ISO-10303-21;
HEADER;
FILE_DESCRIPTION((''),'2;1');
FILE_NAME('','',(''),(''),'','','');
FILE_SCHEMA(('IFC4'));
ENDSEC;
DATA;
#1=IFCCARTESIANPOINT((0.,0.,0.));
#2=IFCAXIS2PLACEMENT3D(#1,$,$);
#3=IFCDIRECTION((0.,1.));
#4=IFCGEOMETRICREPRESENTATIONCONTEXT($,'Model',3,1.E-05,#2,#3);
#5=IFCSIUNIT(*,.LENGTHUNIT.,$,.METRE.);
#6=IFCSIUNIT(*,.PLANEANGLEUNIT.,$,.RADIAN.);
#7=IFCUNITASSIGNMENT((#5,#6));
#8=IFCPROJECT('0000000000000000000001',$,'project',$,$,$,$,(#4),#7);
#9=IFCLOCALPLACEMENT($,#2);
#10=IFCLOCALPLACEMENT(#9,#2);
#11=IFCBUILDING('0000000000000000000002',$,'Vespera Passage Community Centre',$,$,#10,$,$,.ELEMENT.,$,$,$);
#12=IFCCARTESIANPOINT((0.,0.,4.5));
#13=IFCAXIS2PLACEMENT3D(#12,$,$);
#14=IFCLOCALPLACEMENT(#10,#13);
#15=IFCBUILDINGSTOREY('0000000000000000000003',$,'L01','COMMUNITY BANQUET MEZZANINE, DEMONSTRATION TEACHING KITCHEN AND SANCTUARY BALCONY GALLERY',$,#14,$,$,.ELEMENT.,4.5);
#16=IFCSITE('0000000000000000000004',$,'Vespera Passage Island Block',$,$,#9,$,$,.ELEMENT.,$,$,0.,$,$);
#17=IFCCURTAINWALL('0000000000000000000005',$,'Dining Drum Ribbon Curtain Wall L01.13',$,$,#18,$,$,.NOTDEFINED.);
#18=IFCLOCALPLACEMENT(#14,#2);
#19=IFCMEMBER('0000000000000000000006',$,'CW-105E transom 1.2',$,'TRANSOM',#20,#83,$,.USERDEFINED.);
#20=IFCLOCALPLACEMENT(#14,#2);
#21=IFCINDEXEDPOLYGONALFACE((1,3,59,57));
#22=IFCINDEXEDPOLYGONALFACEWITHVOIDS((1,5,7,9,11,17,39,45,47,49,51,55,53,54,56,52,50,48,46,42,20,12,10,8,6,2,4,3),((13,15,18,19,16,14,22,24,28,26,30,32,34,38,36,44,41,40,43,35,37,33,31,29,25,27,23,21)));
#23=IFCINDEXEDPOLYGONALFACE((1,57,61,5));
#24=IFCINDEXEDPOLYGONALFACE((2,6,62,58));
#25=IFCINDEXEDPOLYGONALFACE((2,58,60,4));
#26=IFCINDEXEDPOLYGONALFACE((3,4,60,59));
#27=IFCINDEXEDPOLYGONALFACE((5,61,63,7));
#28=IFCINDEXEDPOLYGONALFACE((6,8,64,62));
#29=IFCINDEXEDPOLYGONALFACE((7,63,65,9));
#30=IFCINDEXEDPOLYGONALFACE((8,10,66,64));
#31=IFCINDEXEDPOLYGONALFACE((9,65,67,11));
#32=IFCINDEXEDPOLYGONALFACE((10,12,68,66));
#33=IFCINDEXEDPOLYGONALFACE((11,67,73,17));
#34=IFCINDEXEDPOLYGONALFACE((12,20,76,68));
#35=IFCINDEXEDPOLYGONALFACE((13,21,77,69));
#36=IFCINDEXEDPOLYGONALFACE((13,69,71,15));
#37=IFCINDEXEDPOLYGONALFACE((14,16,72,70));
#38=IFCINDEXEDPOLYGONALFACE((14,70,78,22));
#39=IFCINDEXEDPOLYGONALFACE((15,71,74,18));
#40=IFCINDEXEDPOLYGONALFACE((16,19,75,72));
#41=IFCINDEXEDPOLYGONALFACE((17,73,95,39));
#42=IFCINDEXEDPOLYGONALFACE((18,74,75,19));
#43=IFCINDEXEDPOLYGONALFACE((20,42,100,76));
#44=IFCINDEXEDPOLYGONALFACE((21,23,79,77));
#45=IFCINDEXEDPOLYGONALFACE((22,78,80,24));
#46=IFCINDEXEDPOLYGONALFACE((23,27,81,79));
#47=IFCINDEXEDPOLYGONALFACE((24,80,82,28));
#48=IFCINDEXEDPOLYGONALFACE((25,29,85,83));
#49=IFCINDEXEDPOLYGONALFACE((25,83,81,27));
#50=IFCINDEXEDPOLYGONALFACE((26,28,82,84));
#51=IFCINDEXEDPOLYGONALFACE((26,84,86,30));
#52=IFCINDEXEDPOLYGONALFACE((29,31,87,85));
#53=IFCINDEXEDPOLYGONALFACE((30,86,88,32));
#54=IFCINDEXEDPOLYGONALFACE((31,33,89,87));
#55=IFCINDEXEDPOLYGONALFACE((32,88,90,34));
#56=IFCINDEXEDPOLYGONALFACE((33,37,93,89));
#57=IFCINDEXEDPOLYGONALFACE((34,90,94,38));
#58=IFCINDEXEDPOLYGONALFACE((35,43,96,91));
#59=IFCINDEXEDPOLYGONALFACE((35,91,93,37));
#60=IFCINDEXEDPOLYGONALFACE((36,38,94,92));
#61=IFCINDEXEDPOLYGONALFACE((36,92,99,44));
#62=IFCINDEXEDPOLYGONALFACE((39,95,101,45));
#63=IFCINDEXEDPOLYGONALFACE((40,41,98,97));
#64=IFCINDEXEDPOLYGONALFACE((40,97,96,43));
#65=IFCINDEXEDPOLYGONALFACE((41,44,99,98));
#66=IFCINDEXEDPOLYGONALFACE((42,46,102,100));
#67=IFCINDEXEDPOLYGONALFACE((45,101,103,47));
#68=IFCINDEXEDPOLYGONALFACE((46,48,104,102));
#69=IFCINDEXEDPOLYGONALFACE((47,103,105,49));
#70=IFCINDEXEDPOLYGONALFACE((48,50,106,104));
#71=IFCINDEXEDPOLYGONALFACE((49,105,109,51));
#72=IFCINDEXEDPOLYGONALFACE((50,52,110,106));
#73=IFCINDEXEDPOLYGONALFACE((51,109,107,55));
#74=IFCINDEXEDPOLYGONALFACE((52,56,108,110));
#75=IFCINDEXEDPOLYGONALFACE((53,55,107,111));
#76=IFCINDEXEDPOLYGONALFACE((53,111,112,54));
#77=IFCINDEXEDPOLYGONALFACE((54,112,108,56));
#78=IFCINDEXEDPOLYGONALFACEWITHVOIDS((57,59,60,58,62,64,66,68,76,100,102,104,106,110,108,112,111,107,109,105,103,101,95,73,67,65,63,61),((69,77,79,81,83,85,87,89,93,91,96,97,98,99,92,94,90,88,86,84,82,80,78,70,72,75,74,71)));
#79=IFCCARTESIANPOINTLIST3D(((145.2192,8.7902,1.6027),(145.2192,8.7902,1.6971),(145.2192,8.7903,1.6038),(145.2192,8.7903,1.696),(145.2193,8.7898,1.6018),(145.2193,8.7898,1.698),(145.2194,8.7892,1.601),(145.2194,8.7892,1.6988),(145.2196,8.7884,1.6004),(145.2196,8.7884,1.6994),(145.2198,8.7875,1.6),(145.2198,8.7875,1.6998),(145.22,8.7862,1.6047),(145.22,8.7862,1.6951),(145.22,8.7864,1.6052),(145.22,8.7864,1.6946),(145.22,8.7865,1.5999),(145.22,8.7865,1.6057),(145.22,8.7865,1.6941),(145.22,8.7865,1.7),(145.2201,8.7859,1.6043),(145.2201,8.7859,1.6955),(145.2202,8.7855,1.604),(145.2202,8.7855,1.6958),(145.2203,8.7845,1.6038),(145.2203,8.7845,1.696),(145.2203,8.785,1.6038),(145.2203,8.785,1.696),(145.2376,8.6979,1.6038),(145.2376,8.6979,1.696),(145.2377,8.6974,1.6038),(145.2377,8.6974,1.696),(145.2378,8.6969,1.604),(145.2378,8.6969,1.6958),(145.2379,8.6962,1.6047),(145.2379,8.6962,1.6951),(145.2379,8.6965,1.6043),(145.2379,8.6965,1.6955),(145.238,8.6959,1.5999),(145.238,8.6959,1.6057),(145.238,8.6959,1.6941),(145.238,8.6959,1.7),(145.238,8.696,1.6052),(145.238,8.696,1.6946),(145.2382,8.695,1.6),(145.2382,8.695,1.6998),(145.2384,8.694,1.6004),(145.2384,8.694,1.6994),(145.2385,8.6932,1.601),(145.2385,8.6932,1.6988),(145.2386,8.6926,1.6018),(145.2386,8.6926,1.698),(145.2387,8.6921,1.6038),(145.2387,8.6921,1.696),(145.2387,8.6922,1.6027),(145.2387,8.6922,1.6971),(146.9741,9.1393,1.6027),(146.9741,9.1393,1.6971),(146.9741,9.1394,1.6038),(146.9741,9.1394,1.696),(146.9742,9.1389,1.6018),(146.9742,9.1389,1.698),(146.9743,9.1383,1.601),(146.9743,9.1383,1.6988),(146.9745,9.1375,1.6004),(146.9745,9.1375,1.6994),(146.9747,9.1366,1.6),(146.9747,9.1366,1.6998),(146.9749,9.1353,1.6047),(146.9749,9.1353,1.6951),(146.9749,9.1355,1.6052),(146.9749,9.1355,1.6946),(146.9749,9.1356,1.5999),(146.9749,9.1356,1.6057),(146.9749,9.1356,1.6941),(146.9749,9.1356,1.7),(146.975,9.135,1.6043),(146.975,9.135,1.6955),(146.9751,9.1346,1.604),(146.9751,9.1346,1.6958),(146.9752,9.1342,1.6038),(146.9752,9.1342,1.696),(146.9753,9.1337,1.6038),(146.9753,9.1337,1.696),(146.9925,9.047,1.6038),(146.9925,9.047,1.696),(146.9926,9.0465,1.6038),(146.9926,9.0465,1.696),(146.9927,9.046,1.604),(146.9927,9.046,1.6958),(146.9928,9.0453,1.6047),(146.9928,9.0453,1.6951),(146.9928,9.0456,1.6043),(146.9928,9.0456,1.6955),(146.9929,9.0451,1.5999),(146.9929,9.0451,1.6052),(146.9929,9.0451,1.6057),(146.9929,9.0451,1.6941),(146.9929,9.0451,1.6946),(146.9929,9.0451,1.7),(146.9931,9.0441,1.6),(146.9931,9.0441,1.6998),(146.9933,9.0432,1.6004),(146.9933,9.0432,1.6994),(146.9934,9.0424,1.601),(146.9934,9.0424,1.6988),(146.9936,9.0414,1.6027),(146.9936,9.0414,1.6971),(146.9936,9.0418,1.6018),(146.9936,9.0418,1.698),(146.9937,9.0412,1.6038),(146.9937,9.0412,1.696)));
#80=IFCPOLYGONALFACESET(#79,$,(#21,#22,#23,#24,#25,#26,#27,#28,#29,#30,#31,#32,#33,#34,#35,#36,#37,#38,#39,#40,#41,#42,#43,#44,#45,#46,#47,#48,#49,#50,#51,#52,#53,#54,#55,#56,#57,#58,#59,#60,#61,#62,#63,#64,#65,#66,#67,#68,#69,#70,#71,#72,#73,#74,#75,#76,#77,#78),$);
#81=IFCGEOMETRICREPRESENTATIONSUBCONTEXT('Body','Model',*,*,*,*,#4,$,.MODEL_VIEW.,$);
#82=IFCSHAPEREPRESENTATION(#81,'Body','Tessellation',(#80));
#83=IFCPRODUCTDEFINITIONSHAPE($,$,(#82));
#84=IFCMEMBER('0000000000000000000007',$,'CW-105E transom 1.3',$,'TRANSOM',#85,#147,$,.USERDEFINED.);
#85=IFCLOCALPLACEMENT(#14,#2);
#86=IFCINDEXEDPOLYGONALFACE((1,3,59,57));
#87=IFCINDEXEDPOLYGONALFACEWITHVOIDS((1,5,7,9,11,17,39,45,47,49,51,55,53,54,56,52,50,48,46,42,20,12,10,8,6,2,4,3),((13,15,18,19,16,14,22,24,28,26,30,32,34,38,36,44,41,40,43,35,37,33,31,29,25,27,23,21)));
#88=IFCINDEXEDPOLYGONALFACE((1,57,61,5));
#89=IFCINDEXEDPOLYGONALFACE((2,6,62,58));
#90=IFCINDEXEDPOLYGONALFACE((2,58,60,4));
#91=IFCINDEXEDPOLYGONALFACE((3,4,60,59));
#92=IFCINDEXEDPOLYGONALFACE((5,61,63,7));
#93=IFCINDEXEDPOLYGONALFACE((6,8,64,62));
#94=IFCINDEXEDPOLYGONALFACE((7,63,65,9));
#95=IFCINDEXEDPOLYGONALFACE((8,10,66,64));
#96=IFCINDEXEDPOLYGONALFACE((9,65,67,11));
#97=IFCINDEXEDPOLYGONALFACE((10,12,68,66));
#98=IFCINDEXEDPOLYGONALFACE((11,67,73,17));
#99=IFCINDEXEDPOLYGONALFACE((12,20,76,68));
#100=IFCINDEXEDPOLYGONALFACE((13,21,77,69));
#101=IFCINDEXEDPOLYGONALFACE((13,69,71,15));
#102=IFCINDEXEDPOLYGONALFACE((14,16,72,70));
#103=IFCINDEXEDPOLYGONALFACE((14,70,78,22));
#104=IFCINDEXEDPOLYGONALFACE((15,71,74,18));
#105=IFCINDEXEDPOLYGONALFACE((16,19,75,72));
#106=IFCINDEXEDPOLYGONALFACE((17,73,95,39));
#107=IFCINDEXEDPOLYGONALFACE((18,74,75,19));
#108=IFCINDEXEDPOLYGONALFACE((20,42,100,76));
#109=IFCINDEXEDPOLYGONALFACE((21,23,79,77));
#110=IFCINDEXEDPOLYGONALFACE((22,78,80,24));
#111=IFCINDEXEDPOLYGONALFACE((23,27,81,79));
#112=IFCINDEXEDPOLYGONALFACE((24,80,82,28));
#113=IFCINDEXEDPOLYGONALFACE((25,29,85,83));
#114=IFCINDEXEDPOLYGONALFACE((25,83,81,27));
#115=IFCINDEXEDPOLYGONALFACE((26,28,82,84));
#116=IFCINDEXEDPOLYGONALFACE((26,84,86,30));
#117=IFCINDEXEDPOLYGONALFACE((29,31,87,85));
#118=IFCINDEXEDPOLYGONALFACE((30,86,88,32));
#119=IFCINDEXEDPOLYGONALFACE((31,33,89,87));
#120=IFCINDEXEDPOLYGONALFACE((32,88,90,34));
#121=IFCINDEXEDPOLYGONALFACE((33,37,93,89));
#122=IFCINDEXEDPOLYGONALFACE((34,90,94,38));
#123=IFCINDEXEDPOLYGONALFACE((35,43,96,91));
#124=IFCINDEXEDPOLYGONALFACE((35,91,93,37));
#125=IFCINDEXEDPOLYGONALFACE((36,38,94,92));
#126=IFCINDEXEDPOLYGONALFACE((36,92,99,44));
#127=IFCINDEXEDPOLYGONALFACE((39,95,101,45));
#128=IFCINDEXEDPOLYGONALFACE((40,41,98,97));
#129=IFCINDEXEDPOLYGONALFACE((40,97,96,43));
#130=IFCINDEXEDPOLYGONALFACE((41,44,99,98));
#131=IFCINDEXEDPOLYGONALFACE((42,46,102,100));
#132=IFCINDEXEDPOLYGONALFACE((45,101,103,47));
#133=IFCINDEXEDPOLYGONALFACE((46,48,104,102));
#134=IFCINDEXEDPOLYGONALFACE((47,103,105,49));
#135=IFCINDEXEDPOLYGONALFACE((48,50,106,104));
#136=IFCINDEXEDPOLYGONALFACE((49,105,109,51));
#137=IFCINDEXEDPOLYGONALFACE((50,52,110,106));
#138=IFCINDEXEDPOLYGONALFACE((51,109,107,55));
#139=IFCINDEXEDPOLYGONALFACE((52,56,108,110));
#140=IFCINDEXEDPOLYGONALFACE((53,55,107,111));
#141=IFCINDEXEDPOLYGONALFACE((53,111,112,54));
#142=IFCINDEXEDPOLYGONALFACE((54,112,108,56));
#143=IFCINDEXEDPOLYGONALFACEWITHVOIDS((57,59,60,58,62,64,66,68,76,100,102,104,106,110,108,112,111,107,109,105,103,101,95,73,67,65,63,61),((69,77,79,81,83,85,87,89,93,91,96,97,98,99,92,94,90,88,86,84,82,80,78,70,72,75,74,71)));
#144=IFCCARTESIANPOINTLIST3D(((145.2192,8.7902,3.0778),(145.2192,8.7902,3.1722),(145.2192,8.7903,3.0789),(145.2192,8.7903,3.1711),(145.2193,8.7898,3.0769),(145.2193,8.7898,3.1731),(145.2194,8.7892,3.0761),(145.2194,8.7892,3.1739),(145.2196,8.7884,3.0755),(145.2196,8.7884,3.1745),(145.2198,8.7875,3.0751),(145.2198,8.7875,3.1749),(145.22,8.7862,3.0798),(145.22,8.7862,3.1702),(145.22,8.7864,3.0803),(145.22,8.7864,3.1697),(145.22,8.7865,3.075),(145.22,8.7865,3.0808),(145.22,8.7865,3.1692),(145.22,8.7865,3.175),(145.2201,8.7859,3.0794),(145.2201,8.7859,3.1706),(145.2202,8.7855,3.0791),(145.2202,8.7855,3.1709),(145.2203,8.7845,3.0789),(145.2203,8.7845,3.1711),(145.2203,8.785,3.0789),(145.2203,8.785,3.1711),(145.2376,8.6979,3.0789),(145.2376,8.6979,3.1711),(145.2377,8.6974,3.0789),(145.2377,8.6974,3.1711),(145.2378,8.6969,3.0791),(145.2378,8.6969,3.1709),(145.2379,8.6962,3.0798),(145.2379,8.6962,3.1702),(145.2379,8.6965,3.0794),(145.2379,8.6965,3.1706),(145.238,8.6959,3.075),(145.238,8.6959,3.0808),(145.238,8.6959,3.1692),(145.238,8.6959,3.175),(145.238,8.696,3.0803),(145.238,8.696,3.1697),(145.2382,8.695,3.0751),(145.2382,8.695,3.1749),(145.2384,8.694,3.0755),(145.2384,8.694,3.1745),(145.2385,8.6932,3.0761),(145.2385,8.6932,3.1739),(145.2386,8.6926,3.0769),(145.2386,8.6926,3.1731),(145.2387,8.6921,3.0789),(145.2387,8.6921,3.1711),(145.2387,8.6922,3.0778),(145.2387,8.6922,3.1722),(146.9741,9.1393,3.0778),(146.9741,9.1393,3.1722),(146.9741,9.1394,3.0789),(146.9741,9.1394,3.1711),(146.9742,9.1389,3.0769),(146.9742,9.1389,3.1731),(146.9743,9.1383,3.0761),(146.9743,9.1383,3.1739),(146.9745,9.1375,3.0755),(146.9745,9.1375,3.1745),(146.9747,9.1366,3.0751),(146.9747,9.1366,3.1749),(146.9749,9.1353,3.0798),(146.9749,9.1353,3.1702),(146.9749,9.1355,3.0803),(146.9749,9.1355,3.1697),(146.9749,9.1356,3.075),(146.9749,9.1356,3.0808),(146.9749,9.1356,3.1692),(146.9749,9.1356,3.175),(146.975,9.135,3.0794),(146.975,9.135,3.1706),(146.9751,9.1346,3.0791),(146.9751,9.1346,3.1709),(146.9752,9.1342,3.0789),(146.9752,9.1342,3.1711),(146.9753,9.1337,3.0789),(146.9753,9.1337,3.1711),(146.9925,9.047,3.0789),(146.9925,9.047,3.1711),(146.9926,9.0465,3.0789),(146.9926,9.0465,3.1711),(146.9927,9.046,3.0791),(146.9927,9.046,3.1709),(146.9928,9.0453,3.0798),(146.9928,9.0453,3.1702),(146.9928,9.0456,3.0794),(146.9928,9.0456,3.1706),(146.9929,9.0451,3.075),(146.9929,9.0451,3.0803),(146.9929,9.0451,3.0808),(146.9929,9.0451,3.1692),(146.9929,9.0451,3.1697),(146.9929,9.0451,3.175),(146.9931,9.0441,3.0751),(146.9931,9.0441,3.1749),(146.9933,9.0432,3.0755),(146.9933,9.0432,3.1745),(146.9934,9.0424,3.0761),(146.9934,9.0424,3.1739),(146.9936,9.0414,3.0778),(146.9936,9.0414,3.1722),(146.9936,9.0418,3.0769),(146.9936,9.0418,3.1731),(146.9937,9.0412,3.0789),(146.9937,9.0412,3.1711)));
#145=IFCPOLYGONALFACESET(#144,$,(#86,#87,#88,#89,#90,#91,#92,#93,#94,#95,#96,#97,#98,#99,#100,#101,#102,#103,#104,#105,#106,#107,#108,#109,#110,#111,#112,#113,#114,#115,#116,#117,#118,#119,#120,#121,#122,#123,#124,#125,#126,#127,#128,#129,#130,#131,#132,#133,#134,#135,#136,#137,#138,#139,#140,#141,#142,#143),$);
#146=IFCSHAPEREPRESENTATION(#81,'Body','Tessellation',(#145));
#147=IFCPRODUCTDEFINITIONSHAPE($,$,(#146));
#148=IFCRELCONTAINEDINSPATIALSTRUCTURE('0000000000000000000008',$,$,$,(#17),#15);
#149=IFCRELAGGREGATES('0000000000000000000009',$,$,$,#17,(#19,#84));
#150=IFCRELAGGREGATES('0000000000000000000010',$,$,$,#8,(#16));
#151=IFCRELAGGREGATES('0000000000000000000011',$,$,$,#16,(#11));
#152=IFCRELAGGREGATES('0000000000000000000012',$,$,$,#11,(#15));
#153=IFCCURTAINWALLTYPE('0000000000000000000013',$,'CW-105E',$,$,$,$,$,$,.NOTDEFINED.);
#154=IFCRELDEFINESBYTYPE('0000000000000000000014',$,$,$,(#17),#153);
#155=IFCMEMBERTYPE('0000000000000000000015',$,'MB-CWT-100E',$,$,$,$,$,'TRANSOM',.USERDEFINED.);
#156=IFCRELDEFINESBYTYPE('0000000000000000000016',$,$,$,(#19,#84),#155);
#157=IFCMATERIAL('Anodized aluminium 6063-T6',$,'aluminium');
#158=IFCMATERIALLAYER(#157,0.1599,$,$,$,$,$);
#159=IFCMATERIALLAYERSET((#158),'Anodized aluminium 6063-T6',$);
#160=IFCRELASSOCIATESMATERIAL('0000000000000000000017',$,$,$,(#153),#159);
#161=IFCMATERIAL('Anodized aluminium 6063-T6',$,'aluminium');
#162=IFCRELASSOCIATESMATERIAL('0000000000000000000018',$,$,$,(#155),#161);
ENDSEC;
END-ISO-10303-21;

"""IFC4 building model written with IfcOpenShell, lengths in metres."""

from ifc_helpers import new_model, si_unit, direction, frame, origin, origin_2d, place, context, subcontext, project, spatial, hollow_rectangle, extrude, material, layer, layer_set, material_profile, profile_set, type_object, element, aggregate, save


model = new_model("IFC4")

# Units and contexts
model_context = context("Model", 3, precision=1e-05, world=origin(), true_north=direction((0.0, 1.0)))
body_context = subcontext(model_context, "Body", "Model", "MODEL_VIEW")
ifc_project = project(units=[si_unit("LENGTHUNIT", "METRE"), si_unit("PLANEANGLEUNIT", "RADIAN")], contexts=[model_context])

# Site, building, storey
site_placement = place(None, origin())
site = spatial("IfcSite", under=ifc_project, at=site_placement, Name="Vespera Passage Island Block", CompositionType="ELEMENT", RefElevation=0.0)
building_placement = place(site_placement, origin())
building = spatial("IfcBuilding", under=site, at=building_placement, Name="Vespera Passage Community Centre", CompositionType="ELEMENT")
storey_placement = place(building_placement, frame((0.0, 0.0, 4.5)))
storey = spatial("IfcBuildingStorey", under=building, at=storey_placement, Name="L01", Description="COMMUNITY BANQUET MEZZANINE, DEMONSTRATION TEACHING KITCHEN AND SANCTUARY BALCONY GALLERY", CompositionType="ELEMENT", Elevation=4.5)

# Curtain wall
ifc_material_1 = material(Name="Anodized aluminium 6063-T6", Category="aluminium")
ifc_layer_1 = layer(ifc_material_1, 0.1599)
ifc_layer_set_1 = layer_set([ifc_layer_1], Name="Anodized aluminium 6063-T6")
curtain_wall_type_1 = type_object("IfcCurtainWallType", Name="CW-105E", PredefinedType="NOTDEFINED", material=ifc_layer_set_1)
curtain_wall_1_placement = place(storey_placement, origin())
curtain_wall_1 = element("IfcCurtainWall", 1, at=curtain_wall_1_placement, inside=storey, type_object=curtain_wall_type_1, Name="Dining Drum Ribbon Curtain Wall L01.13", PredefinedType="NOTDEFINED")

# Members
ifc_material_2 = material(Name="Anodized aluminium 6063-T6", Category="aluminium")
ifc_material_profile_1 = material_profile(ifc_material_2, hollow_rectangle(XDim=0.1001, YDim=0.1001, WallThickness=0.0039, InnerFilletRadius=0.002, OuterFilletRadius=0.0039, at=origin_2d()), Name="ALU100X100X4")
ifc_profile_set_1 = profile_set([ifc_material_profile_1], Name="Anodized aluminium 6063-T6")
member_type_1 = type_object("IfcMemberType", Name="MB-CWT-100E", ElementType="TRANSOM", PredefinedType="USERDEFINED", material=ifc_profile_set_1)
member_1_placement = place(storey_placement, frame((146.9839, 9.0903, 1.6499), z_axis=(-0.98078, -0.195119, 0.0), x_axis=(0.195119, -0.98078, 0.0)))
member_1 = element("IfcMember", 2, at=member_1_placement, type_object=member_type_1, Name="CW-105E transom 1.2", ObjectType="TRANSOM", PredefinedType="USERDEFINED", context=body_context, shape_type="SweptSolid", body=[
    extrude(hollow_rectangle(XDim=0.1001, YDim=0.1001, WallThickness=0.0039, InnerFilletRadius=0.002, OuterFilletRadius=0.0039, at=origin_2d()), origin(), (0.0, 0.0, 1.0), 1.7893),
])
member_2_placement = place(storey_placement, frame((146.9839, 9.0903, 3.125), z_axis=(-0.98078, -0.195119, 0.0), x_axis=(0.195119, -0.98078, 0.0)))
member_2 = element("IfcMember", 3, at=member_2_placement, type_object=member_type_1, Name="CW-105E transom 1.3", ObjectType="TRANSOM", PredefinedType="USERDEFINED", context=body_context, shape_type="SweptSolid", body=[
    extrude(hollow_rectangle(XDim=0.1001, YDim=0.1001, WallThickness=0.0039, InnerFilletRadius=0.002, OuterFilletRadius=0.0039, at=origin_2d()), origin(), (0.0, 0.0, 1.0), 1.7893),
])

aggregate(curtain_wall_1, [member_1, member_2])

save(model, "model.ifc")
